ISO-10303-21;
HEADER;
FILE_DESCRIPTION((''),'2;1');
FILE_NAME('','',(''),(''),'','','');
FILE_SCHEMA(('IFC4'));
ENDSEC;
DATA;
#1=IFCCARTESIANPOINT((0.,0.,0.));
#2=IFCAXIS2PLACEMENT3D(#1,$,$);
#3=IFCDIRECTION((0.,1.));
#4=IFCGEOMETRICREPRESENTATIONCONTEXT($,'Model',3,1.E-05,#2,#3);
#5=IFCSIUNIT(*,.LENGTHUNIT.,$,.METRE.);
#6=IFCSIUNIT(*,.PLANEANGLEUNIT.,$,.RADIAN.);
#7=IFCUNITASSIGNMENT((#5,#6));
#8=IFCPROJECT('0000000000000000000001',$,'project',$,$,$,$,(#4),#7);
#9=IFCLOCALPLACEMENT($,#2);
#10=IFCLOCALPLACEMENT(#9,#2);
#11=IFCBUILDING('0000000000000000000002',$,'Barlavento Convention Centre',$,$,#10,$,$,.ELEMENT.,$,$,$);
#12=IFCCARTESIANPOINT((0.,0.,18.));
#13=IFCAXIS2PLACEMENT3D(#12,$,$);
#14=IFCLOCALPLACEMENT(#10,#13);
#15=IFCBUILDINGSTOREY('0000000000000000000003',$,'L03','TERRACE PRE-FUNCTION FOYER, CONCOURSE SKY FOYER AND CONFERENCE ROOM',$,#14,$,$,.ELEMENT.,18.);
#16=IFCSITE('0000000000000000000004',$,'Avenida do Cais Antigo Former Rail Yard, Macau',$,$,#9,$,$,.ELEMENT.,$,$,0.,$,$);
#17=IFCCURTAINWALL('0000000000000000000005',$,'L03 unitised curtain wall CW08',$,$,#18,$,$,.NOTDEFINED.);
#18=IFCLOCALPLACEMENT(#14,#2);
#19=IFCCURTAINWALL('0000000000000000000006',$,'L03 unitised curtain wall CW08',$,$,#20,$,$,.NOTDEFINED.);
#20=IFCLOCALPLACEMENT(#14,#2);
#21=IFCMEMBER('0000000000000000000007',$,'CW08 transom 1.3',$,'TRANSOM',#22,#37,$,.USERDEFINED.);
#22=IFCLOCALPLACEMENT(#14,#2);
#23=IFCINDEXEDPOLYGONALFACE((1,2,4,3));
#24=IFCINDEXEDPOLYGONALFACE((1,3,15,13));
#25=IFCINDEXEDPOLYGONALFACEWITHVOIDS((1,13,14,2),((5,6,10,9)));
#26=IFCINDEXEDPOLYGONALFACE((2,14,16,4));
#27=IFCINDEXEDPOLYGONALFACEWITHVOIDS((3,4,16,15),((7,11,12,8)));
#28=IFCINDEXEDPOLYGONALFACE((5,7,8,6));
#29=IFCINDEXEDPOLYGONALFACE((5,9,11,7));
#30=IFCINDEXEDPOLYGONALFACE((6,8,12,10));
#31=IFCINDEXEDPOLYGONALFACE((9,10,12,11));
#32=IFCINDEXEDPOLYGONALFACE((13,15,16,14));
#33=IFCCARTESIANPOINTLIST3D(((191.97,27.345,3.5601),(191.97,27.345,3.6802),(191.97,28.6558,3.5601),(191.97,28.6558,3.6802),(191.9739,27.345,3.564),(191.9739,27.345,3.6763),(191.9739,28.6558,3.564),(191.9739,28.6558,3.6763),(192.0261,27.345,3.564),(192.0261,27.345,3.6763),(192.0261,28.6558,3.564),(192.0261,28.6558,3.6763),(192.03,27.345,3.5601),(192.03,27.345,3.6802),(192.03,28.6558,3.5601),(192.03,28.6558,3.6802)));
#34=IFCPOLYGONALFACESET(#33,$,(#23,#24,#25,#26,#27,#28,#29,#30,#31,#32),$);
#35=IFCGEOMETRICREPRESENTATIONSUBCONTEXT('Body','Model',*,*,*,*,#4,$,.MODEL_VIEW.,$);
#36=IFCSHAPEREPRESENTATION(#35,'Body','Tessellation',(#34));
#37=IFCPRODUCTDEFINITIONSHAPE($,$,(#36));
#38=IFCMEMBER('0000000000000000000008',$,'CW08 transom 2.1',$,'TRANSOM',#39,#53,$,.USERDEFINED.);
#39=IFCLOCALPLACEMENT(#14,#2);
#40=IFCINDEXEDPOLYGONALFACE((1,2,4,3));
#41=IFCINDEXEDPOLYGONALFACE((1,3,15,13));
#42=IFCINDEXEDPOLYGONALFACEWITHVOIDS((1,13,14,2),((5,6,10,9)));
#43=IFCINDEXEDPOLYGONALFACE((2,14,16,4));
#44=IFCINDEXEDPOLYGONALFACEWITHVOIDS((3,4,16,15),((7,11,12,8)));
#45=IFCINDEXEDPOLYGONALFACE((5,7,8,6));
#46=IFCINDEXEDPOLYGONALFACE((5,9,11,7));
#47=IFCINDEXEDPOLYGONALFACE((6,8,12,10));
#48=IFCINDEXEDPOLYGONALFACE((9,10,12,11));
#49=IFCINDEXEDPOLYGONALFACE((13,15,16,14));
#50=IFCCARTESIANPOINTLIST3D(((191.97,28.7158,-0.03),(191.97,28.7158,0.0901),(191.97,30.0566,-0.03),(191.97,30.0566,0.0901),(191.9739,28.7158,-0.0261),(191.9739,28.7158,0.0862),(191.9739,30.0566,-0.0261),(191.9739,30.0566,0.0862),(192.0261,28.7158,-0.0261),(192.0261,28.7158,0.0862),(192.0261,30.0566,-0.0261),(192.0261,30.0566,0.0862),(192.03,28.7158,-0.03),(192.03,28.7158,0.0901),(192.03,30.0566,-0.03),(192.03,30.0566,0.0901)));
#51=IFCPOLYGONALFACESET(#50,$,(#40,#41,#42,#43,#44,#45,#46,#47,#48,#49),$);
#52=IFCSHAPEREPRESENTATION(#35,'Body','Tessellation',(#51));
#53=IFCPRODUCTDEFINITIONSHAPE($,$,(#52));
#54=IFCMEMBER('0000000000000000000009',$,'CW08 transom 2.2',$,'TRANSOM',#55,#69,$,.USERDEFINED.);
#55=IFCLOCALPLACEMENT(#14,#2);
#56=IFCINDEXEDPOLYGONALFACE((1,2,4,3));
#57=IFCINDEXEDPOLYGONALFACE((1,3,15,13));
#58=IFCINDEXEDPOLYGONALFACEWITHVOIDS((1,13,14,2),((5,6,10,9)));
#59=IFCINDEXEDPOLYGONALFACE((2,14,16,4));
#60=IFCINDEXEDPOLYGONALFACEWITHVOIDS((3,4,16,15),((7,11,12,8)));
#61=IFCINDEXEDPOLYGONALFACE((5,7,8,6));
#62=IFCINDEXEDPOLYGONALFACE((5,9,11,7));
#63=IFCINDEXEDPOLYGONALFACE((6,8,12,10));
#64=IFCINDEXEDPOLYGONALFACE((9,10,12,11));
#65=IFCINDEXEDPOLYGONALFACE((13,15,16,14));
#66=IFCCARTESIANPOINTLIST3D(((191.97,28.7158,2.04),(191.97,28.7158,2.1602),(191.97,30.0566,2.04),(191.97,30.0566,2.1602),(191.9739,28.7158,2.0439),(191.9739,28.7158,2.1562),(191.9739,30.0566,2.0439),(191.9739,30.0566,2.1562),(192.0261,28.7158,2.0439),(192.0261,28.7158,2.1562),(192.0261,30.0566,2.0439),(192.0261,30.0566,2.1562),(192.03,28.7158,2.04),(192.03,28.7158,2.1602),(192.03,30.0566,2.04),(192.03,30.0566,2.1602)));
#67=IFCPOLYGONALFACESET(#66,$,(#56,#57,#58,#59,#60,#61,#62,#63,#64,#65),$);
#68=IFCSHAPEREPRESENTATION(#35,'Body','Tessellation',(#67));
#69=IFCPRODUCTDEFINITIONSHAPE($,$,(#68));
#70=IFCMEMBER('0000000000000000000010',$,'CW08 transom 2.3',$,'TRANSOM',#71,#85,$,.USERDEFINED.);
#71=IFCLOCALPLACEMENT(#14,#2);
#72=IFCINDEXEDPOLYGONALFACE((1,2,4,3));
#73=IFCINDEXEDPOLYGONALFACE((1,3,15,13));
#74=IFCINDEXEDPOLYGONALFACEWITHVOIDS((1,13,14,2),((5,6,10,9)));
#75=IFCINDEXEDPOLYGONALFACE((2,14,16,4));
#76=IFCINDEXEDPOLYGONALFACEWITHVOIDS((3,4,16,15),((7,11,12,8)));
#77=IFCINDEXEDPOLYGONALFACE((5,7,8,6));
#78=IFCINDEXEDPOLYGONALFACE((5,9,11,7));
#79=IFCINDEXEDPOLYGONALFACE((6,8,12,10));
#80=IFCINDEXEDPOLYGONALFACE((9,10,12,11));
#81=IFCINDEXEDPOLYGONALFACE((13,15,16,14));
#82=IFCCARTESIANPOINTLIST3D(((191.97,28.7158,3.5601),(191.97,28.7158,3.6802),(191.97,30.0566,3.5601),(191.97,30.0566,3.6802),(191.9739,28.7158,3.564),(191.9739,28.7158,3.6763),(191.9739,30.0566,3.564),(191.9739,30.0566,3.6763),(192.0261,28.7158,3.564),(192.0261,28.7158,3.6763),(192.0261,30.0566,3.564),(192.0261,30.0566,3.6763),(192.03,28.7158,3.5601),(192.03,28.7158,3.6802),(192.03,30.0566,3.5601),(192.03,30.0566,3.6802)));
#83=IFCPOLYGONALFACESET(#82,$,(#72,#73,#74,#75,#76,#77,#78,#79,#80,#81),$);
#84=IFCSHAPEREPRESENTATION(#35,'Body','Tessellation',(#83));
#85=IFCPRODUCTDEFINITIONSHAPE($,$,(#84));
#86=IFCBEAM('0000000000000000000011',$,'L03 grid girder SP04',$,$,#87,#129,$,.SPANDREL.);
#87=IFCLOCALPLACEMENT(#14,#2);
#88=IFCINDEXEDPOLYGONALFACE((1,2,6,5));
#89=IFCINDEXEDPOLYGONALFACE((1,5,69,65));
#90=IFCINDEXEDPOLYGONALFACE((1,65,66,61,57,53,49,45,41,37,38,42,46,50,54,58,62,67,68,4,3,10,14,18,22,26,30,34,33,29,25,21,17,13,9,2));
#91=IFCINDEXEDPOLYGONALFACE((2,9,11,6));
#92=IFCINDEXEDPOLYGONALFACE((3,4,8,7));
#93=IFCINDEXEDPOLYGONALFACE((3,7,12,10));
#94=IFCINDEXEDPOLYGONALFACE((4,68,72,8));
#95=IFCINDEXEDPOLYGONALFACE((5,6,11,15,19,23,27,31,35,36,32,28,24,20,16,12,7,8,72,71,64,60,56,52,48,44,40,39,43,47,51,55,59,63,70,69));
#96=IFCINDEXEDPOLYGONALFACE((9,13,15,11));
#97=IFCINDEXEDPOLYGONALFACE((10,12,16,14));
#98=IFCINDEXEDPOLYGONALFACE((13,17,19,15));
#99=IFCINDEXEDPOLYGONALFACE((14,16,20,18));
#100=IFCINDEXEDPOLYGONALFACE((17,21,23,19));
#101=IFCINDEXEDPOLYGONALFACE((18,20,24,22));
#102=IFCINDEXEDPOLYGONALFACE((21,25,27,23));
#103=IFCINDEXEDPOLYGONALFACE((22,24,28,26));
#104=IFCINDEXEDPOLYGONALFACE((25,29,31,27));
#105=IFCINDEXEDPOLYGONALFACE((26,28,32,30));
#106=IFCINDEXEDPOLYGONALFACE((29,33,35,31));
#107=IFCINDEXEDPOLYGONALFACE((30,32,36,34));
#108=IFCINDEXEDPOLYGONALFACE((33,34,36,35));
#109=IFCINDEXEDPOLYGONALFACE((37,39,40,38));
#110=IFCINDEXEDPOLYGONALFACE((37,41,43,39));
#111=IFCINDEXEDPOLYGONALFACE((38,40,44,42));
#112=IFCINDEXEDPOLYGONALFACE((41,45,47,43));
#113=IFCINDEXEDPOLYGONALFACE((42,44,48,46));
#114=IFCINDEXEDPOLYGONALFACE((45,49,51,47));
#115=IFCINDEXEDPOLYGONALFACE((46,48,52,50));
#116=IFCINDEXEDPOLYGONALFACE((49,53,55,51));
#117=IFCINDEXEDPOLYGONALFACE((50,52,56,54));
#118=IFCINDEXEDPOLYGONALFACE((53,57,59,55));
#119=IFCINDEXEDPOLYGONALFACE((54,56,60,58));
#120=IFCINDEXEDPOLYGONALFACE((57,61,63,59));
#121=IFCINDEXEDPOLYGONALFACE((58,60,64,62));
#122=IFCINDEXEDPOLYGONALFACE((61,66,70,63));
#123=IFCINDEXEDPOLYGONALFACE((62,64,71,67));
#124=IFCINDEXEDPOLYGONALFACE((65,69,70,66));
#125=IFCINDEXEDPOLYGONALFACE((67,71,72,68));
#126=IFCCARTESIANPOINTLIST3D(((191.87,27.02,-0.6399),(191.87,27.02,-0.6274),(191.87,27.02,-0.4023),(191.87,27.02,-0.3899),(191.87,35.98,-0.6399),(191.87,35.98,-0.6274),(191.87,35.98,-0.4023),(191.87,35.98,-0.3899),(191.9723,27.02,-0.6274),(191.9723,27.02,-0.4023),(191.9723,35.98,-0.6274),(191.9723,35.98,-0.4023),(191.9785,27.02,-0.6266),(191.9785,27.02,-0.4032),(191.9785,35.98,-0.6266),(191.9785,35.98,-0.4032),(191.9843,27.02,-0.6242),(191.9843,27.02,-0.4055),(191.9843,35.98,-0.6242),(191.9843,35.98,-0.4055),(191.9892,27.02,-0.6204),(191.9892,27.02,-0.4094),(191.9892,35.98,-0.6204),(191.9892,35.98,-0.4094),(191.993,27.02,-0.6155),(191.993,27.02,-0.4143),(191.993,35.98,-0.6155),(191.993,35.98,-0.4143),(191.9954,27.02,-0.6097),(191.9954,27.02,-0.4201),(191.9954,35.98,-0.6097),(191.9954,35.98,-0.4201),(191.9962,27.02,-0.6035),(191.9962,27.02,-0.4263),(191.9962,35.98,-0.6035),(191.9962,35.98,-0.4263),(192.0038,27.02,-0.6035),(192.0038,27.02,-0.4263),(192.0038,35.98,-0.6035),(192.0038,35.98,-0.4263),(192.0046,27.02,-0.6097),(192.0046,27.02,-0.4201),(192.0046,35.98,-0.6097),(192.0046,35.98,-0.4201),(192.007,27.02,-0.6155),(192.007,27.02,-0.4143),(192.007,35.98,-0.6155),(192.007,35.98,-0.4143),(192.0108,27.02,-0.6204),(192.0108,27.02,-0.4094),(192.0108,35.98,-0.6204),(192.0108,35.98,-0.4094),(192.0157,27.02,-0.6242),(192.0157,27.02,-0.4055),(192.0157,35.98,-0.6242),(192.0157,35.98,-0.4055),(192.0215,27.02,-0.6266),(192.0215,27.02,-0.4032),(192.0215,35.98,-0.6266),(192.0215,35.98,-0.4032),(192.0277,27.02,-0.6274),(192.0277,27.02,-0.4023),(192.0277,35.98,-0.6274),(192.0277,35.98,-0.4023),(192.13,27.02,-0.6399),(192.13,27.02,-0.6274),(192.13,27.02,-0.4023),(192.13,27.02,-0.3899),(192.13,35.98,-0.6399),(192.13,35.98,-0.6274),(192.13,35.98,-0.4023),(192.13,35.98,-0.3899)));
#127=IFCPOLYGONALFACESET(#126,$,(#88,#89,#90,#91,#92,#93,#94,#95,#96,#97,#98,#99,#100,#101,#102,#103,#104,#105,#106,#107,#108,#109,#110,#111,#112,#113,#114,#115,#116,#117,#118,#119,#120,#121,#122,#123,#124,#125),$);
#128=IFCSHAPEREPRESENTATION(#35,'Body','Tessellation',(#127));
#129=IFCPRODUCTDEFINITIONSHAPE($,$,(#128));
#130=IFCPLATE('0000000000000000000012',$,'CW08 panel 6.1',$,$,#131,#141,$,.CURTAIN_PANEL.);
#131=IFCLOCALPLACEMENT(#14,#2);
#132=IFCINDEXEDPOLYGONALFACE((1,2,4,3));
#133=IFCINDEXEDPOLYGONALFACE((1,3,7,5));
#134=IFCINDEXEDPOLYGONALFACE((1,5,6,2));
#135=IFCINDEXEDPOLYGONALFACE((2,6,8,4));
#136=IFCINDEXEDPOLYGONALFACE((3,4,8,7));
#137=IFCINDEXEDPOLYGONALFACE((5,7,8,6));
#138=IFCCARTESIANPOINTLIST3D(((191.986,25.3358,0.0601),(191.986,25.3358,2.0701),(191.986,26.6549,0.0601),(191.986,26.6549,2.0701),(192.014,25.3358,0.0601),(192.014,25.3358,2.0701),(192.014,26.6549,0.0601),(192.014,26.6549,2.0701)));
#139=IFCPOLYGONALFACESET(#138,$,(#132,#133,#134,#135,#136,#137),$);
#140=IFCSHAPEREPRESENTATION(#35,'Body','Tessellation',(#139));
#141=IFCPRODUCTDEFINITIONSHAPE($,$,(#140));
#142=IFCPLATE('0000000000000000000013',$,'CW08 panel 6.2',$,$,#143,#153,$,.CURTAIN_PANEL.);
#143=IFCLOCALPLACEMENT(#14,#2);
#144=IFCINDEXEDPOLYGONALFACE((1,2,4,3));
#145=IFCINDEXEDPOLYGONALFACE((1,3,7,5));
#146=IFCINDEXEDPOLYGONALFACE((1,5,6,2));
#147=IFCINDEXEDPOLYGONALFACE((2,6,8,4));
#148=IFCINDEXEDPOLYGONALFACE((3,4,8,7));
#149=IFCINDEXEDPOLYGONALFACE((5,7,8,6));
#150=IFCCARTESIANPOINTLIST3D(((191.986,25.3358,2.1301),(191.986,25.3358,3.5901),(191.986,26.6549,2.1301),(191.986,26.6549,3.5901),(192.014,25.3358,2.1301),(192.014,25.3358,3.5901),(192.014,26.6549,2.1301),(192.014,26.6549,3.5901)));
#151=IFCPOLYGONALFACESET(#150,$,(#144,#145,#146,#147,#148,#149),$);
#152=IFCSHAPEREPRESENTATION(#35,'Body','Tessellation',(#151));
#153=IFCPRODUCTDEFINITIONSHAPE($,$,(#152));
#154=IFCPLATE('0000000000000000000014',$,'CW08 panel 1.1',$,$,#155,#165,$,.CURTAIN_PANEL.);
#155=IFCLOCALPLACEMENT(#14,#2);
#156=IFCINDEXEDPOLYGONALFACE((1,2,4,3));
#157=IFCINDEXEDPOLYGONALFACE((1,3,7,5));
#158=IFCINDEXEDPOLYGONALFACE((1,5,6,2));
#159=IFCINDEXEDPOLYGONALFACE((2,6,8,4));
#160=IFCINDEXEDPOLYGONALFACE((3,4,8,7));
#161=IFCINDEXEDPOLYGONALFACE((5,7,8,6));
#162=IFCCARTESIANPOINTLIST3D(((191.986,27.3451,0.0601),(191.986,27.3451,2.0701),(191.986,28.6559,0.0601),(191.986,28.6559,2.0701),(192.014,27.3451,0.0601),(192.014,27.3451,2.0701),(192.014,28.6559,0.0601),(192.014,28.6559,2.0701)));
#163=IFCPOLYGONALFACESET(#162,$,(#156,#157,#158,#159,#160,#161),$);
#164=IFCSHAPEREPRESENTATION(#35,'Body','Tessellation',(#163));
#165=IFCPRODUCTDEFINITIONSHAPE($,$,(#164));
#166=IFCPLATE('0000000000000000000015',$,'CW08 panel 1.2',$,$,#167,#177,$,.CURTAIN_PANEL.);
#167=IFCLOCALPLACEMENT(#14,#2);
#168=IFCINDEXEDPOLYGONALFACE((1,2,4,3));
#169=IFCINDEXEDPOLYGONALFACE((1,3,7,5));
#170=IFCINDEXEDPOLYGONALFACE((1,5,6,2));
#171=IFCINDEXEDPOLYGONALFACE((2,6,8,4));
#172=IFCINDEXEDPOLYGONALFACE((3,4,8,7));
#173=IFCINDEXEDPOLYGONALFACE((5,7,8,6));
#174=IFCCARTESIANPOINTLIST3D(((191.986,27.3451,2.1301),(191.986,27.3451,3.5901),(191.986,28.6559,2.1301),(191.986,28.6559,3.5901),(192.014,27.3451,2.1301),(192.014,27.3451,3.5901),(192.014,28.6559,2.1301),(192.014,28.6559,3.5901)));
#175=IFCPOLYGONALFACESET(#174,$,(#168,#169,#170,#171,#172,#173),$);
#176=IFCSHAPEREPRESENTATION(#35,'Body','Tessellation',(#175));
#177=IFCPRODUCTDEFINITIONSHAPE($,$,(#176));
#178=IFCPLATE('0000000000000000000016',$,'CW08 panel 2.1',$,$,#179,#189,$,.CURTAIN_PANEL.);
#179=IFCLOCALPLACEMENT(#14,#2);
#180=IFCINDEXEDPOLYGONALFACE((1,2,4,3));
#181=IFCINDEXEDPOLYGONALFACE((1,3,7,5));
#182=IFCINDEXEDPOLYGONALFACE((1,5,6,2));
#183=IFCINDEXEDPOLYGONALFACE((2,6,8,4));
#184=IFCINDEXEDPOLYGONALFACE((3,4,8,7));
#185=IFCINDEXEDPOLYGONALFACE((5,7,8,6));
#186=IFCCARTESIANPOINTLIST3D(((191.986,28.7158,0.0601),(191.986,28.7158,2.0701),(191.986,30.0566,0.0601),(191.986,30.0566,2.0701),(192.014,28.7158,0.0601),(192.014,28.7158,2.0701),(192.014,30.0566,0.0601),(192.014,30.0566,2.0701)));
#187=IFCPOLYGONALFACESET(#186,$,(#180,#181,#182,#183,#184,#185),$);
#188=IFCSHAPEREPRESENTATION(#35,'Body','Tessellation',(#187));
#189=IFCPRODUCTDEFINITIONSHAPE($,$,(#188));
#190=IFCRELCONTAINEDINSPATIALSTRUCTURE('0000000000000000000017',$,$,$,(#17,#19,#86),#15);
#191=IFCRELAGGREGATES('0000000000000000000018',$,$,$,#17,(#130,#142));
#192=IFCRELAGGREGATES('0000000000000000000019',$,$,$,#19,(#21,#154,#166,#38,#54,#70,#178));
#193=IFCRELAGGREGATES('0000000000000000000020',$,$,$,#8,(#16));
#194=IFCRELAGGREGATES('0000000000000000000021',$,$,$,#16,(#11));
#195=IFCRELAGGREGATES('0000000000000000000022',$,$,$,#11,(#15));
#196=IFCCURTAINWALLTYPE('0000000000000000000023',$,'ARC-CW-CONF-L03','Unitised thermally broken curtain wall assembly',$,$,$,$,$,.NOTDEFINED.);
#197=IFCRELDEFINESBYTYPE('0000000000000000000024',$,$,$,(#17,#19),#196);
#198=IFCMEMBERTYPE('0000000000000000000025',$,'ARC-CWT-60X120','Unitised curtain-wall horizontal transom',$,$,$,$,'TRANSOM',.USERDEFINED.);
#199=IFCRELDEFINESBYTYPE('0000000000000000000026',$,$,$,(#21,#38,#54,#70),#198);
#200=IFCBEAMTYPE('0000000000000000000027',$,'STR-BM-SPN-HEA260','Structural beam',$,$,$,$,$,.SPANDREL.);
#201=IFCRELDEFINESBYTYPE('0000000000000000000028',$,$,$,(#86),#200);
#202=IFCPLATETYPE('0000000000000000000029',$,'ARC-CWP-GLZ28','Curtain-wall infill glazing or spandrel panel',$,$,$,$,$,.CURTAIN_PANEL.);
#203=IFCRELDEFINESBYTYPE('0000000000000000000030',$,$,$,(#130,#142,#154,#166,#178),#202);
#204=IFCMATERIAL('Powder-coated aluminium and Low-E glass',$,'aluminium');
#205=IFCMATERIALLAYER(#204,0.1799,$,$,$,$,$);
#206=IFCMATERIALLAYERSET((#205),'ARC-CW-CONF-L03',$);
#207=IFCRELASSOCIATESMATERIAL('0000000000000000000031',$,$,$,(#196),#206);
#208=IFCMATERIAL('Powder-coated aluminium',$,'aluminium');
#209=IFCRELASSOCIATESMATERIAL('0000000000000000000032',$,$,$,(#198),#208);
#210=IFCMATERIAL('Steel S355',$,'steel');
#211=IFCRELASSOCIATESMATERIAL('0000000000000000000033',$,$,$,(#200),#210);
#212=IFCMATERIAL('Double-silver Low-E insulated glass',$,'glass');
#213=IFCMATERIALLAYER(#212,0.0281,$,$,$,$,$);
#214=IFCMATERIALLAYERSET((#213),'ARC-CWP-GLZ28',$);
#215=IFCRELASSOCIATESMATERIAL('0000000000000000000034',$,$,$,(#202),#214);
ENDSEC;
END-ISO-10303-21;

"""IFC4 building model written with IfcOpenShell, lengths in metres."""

from ifc_helpers import new_model, si_unit, direction, frame, origin, origin_2d, place, context, subcontext, project, spatial, rectangle, hollow_rectangle, i_section, extrude, material, layer, layer_set, material_profile, profile_set, type_object, element, aggregate, save


model = new_model("IFC4")

# Units and contexts
model_context = context("Model", 3, precision=1e-05, world=origin(), true_north=direction((0.0, 1.0)))
body_context = subcontext(model_context, "Body", "Model", "MODEL_VIEW")
ifc_project = project(units=[si_unit("LENGTHUNIT", "METRE"), si_unit("PLANEANGLEUNIT", "RADIAN")], contexts=[model_context])

# Site, building, storey
site_placement = place(None, origin())
site = spatial("IfcSite", under=ifc_project, at=site_placement, Name="Avenida do Cais Antigo Former Rail Yard, Macau", CompositionType="ELEMENT", RefElevation=0.0)
building_placement = place(site_placement, origin())
building = spatial("IfcBuilding", under=site, at=building_placement, Name="Barlavento Convention Centre", CompositionType="ELEMENT")
storey_placement = place(building_placement, frame((0.0, 0.0, 18.0)))
storey = spatial("IfcBuildingStorey", under=building, at=storey_placement, Name="L03", Description="TERRACE PRE-FUNCTION FOYER, CONCOURSE SKY FOYER AND CONFERENCE ROOM", CompositionType="ELEMENT", Elevation=18.0)

# Shared definitions
ifc_material_1 = material(Name="Steel S355", Category="steel")

# Curtain wall
ifc_material_2 = material(Name="Powder-coated aluminium and Low-E glass", Category="aluminium")
ifc_layer_1 = layer(ifc_material_2, 0.1799)
ifc_layer_set_1 = layer_set([ifc_layer_1], Name="ARC-CW-CONF-L03")
curtain_wall_type = type_object("IfcCurtainWallType", Name="ARC-CW-CONF-L03", Description="Unitised thermally broken curtain wall assembly", PredefinedType="NOTDEFINED", material=ifc_layer_set_1)
curtain_wall_1_placement = place(storey_placement, origin())
curtain_wall_1 = element("IfcCurtainWall", 1, at=curtain_wall_1_placement, inside=storey, type_object=curtain_wall_type, Name="L03 unitised curtain wall CW08", PredefinedType="NOTDEFINED")
ifc_material_3 = material(Name="Powder-coated aluminium", Category="aluminium")

# Curtain wall
curtain_wall_2_placement = place(storey_placement, origin())
curtain_wall_2 = element("IfcCurtainWall", 2, at=curtain_wall_2_placement, inside=storey, type_object=curtain_wall_type, Name="L03 unitised curtain wall CW08", PredefinedType="NOTDEFINED")

# Members
ifc_material_profile_1 = material_profile(ifc_material_3, hollow_rectangle(XDim=0.0601, YDim=0.1201, WallThickness=0.0039, at=origin_2d()), Name="AL-TRAN 60x120x4")
ifc_profile_set_1 = profile_set([ifc_material_profile_1], Name="Powder-coated aluminium")
member_type_1 = type_object("IfcMemberType", Name="ARC-CWT-60X120", Description="Unitised curtain-wall horizontal transom", ElementType="TRANSOM", PredefinedType="USERDEFINED", material=ifc_profile_set_1)
member_1_placement = place(storey_placement, frame((192.0, 27.345, 3.6201), z_axis=(0.0, 1.0, 0.0), x_axis=(-1.0, 0.0, 0.0)))
member_1 = element("IfcMember", 3, at=member_1_placement, type_object=member_type_1, Name="CW08 transom 1.3", ObjectType="TRANSOM", PredefinedType="USERDEFINED", context=body_context, shape_type="SweptSolid", body=[
    extrude(hollow_rectangle(XDim=0.0601, YDim=0.1201, WallThickness=0.0039, at=origin_2d()), origin(), (0.0, 0.0, 1.0), 1.3108),
])
member_2_placement = place(storey_placement, frame((192.0, 28.7158, 0.03), z_axis=(0.0, 1.0, 0.0), x_axis=(-1.0, 0.0, 0.0)))
member_2 = element("IfcMember", 4, at=member_2_placement, type_object=member_type_1, Name="CW08 transom 2.1", ObjectType="TRANSOM", PredefinedType="USERDEFINED", context=body_context, shape_type="SweptSolid", body=[
    extrude(hollow_rectangle(XDim=0.0601, YDim=0.1201, WallThickness=0.0039, at=origin_2d()), origin(), (0.0, 0.0, 1.0), 1.3408),
])
member_3_placement = place(storey_placement, frame((192.0, 28.7158, 2.1001), z_axis=(0.0, 1.0, 0.0), x_axis=(-1.0, 0.0, 0.0)))
member_3 = element("IfcMember", 5, at=member_3_placement, type_object=member_type_1, Name="CW08 transom 2.2", ObjectType="TRANSOM", PredefinedType="USERDEFINED", context=body_context, shape_type="SweptSolid", body=[
    extrude(hollow_rectangle(XDim=0.0601, YDim=0.1201, WallThickness=0.0039, at=origin_2d()), origin(), (0.0, 0.0, 1.0), 1.3408),
])
member_4_placement = place(storey_placement, frame((192.0, 28.7158, 3.6201), z_axis=(0.0, 1.0, 0.0), x_axis=(-1.0, 0.0, 0.0)))
member_4 = element("IfcMember", 6, at=member_4_placement, type_object=member_type_1, Name="CW08 transom 2.3", ObjectType="TRANSOM", PredefinedType="USERDEFINED", context=body_context, shape_type="SweptSolid", body=[
    extrude(hollow_rectangle(XDim=0.0601, YDim=0.1201, WallThickness=0.0039, at=origin_2d()), origin(), (0.0, 0.0, 1.0), 1.3408),
])

# Beam
ifc_material_profile_2 = material_profile(ifc_material_1, i_section(OverallWidth=0.26, OverallDepth=0.25, WebThickness=0.0076, FlangeThickness=0.0125, FilletRadius=0.0239, at=origin_2d()), Name="HEA 260")
ifc_profile_set_2 = profile_set([ifc_material_profile_2], Name="Steel S355")
beam_type = type_object("IfcBeamType", Name="STR-BM-SPN-HEA260", Description="Structural beam", PredefinedType="SPANDREL", material=ifc_profile_set_2)
beam_placement = place(storey_placement, frame((192.0, 27.02, -0.5149), z_axis=(0.0, 1.0, 0.0), x_axis=(-1.0, 0.0, 0.0)))
element("IfcBeam", 7, at=beam_placement, inside=storey, type_object=beam_type, Name="L03 grid girder SP04", PredefinedType="SPANDREL", context=body_context, shape_type="SweptSolid", body=[
    extrude(i_section(OverallWidth=0.26, OverallDepth=0.25, WebThickness=0.0076, FlangeThickness=0.0125, FilletRadius=0.0239, at=origin_2d()), origin(), (0.0, 0.0, 1.0), 8.96),
])

# Plates
ifc_material_4 = material(Name="Double-silver Low-E insulated glass", Category="glass")
ifc_layer_2 = layer(ifc_material_4, 0.0281)
ifc_layer_set_2 = layer_set([ifc_layer_2], Name="ARC-CWP-GLZ28")
plate_type = type_object("IfcPlateType", Name="ARC-CWP-GLZ28", Description="Curtain-wall infill glazing or spandrel panel", PredefinedType="CURTAIN_PANEL", material=ifc_layer_set_2)
plate_1_placement = place(storey_placement, frame((192.0, 25.9954, 0.0601), z_axis=(0.0, 0.0, 1.0), x_axis=(0.0, 1.0, 0.0)))
plate_1 = element("IfcPlate", 8, at=plate_1_placement, type_object=plate_type, Name="CW08 panel 6.1", PredefinedType="CURTAIN_PANEL", context=body_context, shape_type="SweptSolid", body=[
    extrude(rectangle(XDim=1.3191, YDim=0.0281, at=origin_2d()), origin(), (0.0, 0.0, 1.0), 2.01),
])
plate_2_placement = place(storey_placement, frame((192.0, 25.9954, 2.1301), z_axis=(0.0, 0.0, 1.0), x_axis=(0.0, 1.0, 0.0)))
plate_2 = element("IfcPlate", 9, at=plate_2_placement, type_object=plate_type, Name="CW08 panel 6.2", PredefinedType="CURTAIN_PANEL", context=body_context, shape_type="SweptSolid", body=[
    extrude(rectangle(XDim=1.3191, YDim=0.0281, at=origin_2d()), origin(), (0.0, 0.0, 1.0), 1.46),
])
aggregate(curtain_wall_1, [plate_1, plate_2])
plate_3_placement = place(storey_placement, frame((192.0, 28.0005, 0.0601), z_axis=(0.0, 0.0, 1.0), x_axis=(0.0, 1.0, 0.0)))
plate_3 = element("IfcPlate", 10, at=plate_3_placement, type_object=plate_type, Name="CW08 panel 1.1", PredefinedType="CURTAIN_PANEL", context=body_context, shape_type="SweptSolid", body=[
    extrude(rectangle(XDim=1.3108, YDim=0.0281, at=origin_2d()), origin(), (0.0, 0.0, 1.0), 2.01),
])
plate_4_placement = place(storey_placement, frame((192.0, 28.0005, 2.1301), z_axis=(0.0, 0.0, 1.0), x_axis=(0.0, 1.0, 0.0)))
plate_4 = element("IfcPlate", 11, at=plate_4_placement, type_object=plate_type, Name="CW08 panel 1.2", PredefinedType="CURTAIN_PANEL", context=body_context, shape_type="SweptSolid", body=[
    extrude(rectangle(XDim=1.3108, YDim=0.0281, at=origin_2d()), origin(), (0.0, 0.0, 1.0), 1.46),
])
plate_5_placement = place(storey_placement, frame((192.0, 29.3862, 0.0601), z_axis=(0.0, 0.0, 1.0), x_axis=(0.0, 1.0, 0.0)))
plate_5 = element("IfcPlate", 12, at=plate_5_placement, type_object=plate_type, Name="CW08 panel 2.1", PredefinedType="CURTAIN_PANEL", context=body_context, shape_type="SweptSolid", body=[
    extrude(rectangle(XDim=1.3408, YDim=0.0281, at=origin_2d()), origin(), (0.0, 0.0, 1.0), 2.01),
])
aggregate(curtain_wall_2, [member_1, plate_3, plate_4, member_2, member_3, member_4, plate_5])

save(model, "model.ifc")
